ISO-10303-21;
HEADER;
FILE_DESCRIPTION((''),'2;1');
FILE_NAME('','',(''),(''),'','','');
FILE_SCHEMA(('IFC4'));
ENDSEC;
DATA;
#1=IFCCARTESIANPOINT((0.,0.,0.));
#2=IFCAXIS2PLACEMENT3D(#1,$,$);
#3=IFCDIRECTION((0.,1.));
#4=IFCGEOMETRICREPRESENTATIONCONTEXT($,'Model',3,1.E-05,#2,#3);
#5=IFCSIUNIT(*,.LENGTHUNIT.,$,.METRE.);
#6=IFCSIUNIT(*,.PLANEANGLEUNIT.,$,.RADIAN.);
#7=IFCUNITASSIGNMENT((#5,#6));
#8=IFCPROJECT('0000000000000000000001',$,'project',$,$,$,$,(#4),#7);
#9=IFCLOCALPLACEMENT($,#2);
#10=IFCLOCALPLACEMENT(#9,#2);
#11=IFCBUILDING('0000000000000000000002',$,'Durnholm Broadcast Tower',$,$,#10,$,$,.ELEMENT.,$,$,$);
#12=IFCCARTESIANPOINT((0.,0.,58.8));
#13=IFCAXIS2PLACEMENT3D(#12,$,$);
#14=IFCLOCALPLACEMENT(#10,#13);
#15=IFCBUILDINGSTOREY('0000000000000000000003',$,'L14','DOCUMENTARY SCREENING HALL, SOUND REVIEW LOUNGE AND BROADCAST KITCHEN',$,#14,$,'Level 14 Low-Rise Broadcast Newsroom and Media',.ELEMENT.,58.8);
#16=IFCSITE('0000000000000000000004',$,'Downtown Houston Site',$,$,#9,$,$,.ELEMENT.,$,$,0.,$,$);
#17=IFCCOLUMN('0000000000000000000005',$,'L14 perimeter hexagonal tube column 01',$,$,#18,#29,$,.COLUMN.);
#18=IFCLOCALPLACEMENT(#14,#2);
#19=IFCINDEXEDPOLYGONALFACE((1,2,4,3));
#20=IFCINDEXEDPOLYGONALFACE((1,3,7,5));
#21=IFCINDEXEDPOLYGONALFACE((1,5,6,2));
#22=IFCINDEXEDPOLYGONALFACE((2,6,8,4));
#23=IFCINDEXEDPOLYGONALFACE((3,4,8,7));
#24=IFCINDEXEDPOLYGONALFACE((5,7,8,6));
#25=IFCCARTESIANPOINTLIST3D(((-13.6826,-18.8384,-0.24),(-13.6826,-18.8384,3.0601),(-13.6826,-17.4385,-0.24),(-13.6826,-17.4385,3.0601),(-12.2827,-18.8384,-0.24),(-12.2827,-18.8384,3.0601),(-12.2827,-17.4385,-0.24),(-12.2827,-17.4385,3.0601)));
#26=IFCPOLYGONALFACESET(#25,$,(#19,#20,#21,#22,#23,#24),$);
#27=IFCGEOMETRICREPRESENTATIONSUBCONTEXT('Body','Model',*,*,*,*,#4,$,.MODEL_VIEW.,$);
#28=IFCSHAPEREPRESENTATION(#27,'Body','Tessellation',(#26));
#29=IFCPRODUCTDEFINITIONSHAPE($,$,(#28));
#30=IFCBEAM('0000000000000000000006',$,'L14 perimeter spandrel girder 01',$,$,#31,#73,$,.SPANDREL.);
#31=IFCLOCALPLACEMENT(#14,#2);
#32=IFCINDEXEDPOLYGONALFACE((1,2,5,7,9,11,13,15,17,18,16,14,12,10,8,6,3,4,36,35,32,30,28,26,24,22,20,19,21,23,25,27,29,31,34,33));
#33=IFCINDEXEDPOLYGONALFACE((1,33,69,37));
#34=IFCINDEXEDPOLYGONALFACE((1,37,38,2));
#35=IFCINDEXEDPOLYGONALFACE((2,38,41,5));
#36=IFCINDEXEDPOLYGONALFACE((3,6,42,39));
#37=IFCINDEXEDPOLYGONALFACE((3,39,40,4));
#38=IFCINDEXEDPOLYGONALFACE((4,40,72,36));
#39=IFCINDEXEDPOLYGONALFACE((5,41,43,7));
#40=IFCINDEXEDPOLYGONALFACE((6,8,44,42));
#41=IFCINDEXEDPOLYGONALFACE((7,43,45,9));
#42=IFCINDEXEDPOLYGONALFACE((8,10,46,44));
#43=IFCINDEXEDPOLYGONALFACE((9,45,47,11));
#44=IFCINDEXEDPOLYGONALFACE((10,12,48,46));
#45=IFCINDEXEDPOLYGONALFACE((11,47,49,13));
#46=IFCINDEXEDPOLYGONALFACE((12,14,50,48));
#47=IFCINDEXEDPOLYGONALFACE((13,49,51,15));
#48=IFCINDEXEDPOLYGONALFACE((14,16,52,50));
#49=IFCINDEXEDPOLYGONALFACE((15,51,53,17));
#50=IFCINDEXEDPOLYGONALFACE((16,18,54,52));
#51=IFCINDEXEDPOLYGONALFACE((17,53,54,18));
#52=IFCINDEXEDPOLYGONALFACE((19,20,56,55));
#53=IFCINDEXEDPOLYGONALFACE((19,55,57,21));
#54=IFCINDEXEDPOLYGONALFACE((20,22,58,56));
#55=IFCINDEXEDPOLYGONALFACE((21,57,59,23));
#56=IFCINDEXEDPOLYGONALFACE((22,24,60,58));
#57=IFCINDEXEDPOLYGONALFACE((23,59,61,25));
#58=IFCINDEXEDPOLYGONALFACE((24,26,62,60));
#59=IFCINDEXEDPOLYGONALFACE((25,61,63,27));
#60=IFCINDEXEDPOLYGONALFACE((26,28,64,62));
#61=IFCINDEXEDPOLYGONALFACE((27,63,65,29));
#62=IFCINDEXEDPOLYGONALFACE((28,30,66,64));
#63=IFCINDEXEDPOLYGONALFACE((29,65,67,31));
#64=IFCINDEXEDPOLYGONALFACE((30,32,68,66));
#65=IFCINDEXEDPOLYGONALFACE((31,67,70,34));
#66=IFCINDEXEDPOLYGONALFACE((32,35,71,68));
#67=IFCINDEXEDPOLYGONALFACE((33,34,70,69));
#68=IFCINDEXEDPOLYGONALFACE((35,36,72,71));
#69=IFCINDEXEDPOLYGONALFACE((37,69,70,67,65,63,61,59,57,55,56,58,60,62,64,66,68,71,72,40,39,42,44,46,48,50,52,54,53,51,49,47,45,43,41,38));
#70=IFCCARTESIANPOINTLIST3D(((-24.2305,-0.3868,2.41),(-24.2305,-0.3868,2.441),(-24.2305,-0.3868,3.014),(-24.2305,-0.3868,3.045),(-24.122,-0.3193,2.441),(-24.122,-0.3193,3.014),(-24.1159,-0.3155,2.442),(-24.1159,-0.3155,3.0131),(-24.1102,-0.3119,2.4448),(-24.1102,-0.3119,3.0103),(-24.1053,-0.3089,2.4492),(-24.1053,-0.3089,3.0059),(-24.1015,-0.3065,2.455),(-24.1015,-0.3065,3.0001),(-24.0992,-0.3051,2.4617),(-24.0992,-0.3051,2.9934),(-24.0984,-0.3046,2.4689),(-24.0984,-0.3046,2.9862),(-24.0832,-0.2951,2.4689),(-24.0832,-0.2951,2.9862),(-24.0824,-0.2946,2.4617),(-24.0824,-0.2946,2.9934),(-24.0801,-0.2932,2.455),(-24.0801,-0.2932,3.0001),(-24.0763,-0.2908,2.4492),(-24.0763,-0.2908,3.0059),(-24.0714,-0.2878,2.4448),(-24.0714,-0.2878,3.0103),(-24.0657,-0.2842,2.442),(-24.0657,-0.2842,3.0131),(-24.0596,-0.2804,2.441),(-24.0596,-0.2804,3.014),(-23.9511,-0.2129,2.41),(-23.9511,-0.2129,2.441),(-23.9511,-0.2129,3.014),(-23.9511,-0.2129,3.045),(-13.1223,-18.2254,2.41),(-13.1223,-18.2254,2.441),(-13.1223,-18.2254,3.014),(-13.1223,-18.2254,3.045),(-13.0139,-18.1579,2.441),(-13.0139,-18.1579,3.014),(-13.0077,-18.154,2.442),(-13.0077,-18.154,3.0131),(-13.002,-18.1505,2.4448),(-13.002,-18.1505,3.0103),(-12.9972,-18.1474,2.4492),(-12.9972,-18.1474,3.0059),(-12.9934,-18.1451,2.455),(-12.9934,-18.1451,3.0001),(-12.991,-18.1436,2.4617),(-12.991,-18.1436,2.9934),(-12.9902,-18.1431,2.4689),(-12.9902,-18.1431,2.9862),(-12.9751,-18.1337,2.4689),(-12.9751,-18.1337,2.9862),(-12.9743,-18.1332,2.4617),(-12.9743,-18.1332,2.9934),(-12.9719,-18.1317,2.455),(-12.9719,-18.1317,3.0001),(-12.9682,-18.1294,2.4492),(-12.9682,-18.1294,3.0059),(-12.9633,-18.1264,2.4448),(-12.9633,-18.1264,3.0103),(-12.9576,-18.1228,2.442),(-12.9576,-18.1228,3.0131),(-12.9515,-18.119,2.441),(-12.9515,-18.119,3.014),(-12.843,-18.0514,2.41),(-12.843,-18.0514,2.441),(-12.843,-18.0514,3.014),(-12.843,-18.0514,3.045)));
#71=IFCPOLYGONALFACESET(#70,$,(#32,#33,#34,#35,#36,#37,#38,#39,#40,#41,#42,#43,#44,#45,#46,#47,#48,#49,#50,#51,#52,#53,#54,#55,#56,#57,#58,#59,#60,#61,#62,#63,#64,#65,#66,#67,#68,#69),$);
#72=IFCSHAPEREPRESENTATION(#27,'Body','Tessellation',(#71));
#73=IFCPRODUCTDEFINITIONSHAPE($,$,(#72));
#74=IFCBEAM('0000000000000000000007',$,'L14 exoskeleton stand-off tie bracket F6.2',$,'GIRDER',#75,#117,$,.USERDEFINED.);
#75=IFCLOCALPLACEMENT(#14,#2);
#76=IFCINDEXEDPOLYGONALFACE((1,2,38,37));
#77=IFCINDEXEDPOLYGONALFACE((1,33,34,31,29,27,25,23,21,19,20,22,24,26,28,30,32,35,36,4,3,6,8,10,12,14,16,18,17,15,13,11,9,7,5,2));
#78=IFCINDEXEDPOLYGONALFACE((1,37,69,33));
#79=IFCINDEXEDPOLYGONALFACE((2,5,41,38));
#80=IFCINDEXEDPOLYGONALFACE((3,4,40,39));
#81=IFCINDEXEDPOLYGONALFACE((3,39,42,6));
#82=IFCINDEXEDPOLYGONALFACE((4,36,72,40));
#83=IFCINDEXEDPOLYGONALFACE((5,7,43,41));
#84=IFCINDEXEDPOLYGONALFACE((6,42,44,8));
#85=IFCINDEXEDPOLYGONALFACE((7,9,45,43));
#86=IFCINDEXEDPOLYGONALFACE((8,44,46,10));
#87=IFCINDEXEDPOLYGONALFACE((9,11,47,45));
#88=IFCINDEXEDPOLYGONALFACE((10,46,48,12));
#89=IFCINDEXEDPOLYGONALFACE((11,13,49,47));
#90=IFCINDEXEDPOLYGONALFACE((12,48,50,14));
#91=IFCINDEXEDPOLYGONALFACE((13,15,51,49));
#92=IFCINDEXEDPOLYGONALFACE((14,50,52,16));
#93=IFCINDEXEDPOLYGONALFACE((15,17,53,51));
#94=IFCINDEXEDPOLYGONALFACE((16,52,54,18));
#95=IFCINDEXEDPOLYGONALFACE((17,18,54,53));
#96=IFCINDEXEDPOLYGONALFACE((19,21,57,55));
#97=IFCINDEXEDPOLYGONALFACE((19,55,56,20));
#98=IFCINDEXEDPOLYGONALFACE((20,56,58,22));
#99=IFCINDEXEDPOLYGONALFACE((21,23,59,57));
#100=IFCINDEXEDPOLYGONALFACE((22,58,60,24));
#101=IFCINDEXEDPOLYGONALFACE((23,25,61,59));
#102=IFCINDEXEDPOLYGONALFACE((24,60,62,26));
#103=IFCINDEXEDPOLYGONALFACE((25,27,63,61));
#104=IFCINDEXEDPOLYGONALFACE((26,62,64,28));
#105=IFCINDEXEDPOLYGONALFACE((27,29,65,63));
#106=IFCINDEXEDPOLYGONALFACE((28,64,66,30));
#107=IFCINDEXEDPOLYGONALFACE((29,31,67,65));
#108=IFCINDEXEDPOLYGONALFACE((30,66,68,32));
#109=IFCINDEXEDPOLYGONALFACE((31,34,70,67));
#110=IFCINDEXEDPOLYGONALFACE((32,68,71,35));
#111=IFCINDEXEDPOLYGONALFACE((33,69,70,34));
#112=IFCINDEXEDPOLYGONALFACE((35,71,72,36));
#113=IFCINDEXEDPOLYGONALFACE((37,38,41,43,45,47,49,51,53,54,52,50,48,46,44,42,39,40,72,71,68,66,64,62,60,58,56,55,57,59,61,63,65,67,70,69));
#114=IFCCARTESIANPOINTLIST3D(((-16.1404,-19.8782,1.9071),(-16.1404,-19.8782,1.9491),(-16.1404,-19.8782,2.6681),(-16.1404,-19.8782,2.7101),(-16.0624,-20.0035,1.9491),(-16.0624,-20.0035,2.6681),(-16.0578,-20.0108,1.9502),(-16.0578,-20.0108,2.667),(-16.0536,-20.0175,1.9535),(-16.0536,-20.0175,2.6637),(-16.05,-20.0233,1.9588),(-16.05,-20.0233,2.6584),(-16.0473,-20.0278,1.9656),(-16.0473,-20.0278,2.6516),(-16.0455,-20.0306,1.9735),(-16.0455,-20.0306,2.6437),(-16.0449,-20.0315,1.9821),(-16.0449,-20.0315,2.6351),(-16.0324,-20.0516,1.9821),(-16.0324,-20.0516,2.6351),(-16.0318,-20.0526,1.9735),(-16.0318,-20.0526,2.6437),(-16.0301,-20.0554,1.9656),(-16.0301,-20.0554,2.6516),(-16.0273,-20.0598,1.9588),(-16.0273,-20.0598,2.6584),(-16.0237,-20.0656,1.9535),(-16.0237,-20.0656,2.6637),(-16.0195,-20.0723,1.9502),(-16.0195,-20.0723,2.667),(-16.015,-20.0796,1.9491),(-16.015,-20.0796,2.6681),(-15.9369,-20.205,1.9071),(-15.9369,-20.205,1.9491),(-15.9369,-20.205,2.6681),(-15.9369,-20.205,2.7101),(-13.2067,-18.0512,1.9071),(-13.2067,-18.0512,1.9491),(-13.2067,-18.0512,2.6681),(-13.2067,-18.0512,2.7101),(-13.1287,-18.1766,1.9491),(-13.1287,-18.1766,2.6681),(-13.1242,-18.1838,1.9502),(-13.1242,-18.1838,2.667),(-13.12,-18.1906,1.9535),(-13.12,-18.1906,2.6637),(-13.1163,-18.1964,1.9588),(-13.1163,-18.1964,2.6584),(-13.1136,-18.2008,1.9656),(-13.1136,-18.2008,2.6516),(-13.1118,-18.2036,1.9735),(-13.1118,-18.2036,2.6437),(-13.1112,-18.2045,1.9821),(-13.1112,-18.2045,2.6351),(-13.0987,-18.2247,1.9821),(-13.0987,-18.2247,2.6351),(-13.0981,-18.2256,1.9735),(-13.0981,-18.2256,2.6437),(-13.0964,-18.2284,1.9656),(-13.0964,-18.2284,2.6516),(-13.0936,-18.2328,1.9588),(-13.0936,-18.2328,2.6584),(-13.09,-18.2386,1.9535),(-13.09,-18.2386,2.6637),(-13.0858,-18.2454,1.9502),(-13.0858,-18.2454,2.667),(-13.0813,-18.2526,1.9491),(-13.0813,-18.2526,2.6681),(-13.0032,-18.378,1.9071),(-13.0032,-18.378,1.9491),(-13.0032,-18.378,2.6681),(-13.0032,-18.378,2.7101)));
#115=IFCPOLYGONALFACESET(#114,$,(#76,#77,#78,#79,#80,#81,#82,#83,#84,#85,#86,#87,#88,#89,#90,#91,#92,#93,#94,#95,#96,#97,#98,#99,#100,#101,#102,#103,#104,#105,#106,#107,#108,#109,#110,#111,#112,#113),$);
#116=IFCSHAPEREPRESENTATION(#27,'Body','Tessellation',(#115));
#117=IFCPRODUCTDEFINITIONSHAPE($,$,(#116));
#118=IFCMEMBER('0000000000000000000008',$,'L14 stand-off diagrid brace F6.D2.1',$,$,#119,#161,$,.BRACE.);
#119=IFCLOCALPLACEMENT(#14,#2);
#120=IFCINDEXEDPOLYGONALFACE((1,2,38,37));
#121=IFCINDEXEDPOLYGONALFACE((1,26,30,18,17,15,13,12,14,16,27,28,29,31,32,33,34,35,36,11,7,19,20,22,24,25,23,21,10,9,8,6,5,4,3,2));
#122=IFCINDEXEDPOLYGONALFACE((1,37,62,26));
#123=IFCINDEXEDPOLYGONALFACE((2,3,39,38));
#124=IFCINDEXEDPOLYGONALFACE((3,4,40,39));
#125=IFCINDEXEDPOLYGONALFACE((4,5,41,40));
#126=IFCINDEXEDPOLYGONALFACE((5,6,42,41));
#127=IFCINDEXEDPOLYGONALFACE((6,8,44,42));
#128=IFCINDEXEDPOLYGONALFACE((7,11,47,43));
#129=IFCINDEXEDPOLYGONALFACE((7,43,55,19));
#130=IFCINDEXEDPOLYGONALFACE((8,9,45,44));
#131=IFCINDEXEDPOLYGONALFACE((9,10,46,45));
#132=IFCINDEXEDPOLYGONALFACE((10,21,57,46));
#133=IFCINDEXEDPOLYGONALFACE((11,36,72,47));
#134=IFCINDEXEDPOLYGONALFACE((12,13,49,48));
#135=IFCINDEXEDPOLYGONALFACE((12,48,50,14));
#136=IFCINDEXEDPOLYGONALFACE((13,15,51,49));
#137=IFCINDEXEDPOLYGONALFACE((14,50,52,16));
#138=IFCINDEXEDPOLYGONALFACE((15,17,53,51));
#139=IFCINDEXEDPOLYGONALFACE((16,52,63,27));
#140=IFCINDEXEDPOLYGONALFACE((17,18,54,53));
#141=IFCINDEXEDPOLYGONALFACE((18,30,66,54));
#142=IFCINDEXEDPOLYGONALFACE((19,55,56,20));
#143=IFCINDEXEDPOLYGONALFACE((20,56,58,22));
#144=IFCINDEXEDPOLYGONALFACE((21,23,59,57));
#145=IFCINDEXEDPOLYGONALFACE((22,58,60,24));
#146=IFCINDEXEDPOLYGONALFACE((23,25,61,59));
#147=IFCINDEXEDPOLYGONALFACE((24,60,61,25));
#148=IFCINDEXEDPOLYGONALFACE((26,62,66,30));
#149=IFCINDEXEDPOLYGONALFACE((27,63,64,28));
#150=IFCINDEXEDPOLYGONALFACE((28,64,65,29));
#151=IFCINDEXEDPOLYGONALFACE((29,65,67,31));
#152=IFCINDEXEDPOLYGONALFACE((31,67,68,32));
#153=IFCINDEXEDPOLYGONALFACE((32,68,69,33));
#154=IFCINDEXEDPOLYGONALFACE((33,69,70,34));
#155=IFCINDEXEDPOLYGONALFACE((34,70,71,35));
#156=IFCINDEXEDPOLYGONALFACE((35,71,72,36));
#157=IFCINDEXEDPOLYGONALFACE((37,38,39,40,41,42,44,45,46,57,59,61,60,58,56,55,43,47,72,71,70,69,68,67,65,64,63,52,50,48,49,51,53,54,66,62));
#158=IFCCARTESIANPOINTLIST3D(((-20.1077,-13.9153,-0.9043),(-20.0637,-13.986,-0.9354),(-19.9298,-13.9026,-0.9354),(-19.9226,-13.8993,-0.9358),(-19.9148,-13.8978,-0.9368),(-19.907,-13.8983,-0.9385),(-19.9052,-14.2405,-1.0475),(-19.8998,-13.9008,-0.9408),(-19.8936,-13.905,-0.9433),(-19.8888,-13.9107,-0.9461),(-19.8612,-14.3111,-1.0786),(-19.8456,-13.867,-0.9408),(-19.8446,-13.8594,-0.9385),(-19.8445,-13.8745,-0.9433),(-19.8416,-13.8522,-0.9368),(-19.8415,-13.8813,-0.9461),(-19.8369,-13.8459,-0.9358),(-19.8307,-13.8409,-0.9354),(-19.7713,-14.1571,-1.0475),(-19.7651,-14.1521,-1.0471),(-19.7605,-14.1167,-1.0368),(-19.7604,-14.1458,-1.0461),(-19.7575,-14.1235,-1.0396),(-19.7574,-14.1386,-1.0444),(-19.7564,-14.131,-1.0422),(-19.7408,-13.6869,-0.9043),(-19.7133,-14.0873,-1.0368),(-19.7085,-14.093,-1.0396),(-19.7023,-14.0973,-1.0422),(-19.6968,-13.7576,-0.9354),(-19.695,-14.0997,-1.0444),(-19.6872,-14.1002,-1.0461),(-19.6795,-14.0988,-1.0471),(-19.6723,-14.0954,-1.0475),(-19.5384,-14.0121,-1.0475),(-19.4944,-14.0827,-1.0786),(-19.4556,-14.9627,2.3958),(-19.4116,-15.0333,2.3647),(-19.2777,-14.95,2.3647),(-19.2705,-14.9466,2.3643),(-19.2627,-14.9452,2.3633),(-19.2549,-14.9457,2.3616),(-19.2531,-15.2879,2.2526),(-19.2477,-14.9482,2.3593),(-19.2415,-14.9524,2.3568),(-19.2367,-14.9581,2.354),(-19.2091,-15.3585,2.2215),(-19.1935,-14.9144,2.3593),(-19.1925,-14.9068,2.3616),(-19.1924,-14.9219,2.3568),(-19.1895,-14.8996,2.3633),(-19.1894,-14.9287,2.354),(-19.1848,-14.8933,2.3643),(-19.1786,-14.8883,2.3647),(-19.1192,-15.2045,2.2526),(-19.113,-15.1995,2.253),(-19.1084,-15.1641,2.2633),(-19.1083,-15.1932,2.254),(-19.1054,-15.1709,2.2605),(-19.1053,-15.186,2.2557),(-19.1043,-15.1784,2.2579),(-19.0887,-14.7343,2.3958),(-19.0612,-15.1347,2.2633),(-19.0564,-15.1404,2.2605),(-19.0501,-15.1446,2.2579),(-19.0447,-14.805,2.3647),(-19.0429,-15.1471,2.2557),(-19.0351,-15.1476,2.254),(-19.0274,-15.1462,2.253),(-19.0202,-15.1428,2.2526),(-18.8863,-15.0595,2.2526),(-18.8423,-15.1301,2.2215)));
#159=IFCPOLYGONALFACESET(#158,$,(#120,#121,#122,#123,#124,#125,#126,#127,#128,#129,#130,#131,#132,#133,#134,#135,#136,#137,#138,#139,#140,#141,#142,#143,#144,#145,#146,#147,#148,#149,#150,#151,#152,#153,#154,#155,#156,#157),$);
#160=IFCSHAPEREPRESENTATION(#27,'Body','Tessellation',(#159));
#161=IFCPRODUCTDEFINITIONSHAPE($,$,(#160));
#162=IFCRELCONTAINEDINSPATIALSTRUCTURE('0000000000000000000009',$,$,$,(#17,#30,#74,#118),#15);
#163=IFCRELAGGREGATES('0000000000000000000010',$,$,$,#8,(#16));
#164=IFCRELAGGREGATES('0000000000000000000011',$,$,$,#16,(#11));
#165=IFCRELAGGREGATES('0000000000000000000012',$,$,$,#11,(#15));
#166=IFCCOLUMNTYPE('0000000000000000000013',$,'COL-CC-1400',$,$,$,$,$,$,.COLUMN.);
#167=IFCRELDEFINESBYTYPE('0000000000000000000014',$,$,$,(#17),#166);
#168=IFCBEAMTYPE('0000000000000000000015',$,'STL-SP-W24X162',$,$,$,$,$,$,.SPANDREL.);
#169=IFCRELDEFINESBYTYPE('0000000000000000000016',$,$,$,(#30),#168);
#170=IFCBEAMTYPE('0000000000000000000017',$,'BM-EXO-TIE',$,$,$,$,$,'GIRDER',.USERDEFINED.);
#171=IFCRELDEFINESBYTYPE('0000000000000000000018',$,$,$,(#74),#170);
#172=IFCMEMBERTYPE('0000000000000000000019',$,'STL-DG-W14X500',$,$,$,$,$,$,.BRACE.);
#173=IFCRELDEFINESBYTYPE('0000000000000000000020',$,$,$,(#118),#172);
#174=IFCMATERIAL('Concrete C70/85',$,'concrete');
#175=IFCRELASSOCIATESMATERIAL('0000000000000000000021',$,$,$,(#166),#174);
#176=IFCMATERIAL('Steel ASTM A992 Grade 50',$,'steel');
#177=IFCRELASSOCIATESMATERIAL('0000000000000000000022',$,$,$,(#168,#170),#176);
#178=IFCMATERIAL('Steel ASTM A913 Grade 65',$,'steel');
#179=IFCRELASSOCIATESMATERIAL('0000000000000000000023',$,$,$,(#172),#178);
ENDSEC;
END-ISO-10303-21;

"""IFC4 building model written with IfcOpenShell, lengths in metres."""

from ifc_helpers import new_model, si_unit, direction, frame, origin, origin_2d, place, context, subcontext, project, spatial, rectangle, i_section, extrude, source, transform, mapped, material, material_profile, profile_set, type_object, type_shapes, element, save


model = new_model("IFC4")

# Units and contexts
model_context = context("Model", 3, precision=1e-05, world=origin(), true_north=direction((0.0, 1.0)))
body_context = subcontext(model_context, "Body", "Model", "MODEL_VIEW")
ifc_project = project(units=[si_unit("LENGTHUNIT", "METRE"), si_unit("PLANEANGLEUNIT", "RADIAN")], contexts=[model_context])

# Site, building, storey
site_placement = place(None, origin())
site = spatial("IfcSite", under=ifc_project, at=site_placement, Name="Downtown Houston Site", CompositionType="ELEMENT", RefElevation=0.0)
building_placement = place(site_placement, origin())
building = spatial("IfcBuilding", under=site, at=building_placement, Name="Durnholm Broadcast Tower", CompositionType="ELEMENT")
storey_placement = place(building_placement, frame((0.0, 0.0, 58.8)))
storey = spatial("IfcBuildingStorey", under=building, at=storey_placement, Name="L14", Description="DOCUMENTARY SCREENING HALL, SOUND REVIEW LOUNGE AND BROADCAST KITCHEN", LongName="Level 14 Low-Rise Broadcast Newsroom and Media", CompositionType="ELEMENT", Elevation=58.8)

# Column
ifc_material_1 = material(Name="Concrete C70/85", Category="concrete")
ifc_material_profile_1 = material_profile(ifc_material_1, rectangle(XDim=1.3999, YDim=1.3999, at=origin_2d()), Name="RC1400X1400")
ifc_profile_set_1 = profile_set([ifc_material_profile_1], Name="Concrete C70/85")
column_type = type_object("IfcColumnType", Name="COL-CC-1400", PredefinedType="COLUMN", material=ifc_profile_set_1)
shared_shape_1 = source(origin(), body_context, "Body", "SweptSolid", [
    extrude(rectangle(XDim=1.3999, YDim=1.3999, at=origin_2d()), origin(), (0.0, 0.0, 1.0), 3.3),
])
type_shapes(column_type, [shared_shape_1])
column_placement = place(storey_placement, frame((-12.9827, -18.1384, -0.24), z_axis=(0.0, 0.0, 1.0), x_axis=(1.0, 0.0, 0.0)))
element("IfcColumn", 1, at=column_placement, inside=storey, type_object=column_type, Name="L14 perimeter hexagonal tube column 01", PredefinedType="COLUMN", context=body_context, shape_type="MappedRepresentation", body=[
    mapped(shared_shape_1, transform((0.0, 0.0, 0.0), x_axis=(1.0, 0.0, 0.0), y_axis=(0.0, 1.0, 0.0), z_axis=(0.0, 0.0, 1.0), scale=1.0)),
])

# Beams
ifc_material_2 = material(Name="Steel ASTM A992 Grade 50", Category="steel")
ifc_material_profile_2 = material_profile(ifc_material_2, i_section(OverallWidth=0.3291, OverallDepth=0.635, WebThickness=0.0178, FlangeThickness=0.031, FilletRadius=0.0278, at=origin_2d()), Name="W24X162")
ifc_profile_set_2 = profile_set([ifc_material_profile_2], Name="Steel ASTM A992 Grade 50")
beam_type_1 = type_object("IfcBeamType", Name="STL-SP-W24X162", PredefinedType="SPANDREL", material=ifc_profile_set_2)
shared_shape_2 = source(origin(), body_context, "Body", "SweptSolid", [
    extrude(i_section(OverallWidth=0.3291, OverallDepth=0.635, WebThickness=0.0178, FlangeThickness=0.031, FilletRadius=0.0278, at=origin_2d()), origin(), (0.0, 0.0, 1.0), 21.0144),
])
type_shapes(beam_type_1, [shared_shape_2])
beam_1_placement = place(storey_placement, frame((-12.9827, -18.1384, 2.7275), z_axis=(-0.528596, 0.848874, 0.0), x_axis=(-0.848874, -0.528596, 0.0)))
element("IfcBeam", 2, at=beam_1_placement, inside=storey, type_object=beam_type_1, Name="L14 perimeter spandrel girder 01", PredefinedType="SPANDREL", context=body_context, shape_type="MappedRepresentation", body=[
    mapped(shared_shape_2, transform((0.0, 0.0, 0.0), x_axis=(1.0, 0.0, 0.0), y_axis=(0.0, 1.0, 0.0), z_axis=(0.0, 0.0, 1.0), scale=1.0)),
])
ifc_material_profile_3 = material_profile(ifc_material_2, i_section(OverallWidth=0.385, OverallDepth=0.803, WebThickness=0.0237, FlangeThickness=0.042, FilletRadius=0.033, at=origin_2d()), Name="W30X261")
ifc_profile_set_3 = profile_set([ifc_material_profile_3], Name="Steel ASTM A992 Grade 50")
beam_type_2 = type_object("IfcBeamType", Name="BM-EXO-TIE", ElementType="GIRDER", PredefinedType="USERDEFINED", material=ifc_profile_set_3)
shared_shape_3 = source(origin(), body_context, "Body", "SweptSolid", [
    extrude(i_section(OverallWidth=0.385, OverallDepth=0.803, WebThickness=0.0237, FlangeThickness=0.042, FilletRadius=0.033, at=origin_2d()), origin(), (0.0, 0.0, 1.0), 3.4561),
])
type_shapes(beam_type_2, [shared_shape_3])
beam_2_placement = place(storey_placement, frame((-13.105, -18.2146, 2.3086), z_axis=(-0.848854, -0.528627, 0.0), x_axis=(0.528627, -0.848854, 0.0)))
element("IfcBeam", 3, at=beam_2_placement, inside=storey, type_object=beam_type_2, Name="L14 exoskeleton stand-off tie bracket F6.2", ObjectType="GIRDER", PredefinedType="USERDEFINED", context=body_context, shape_type="MappedRepresentation", body=[
    mapped(shared_shape_3, transform((0.0, 0.0, 0.0), x_axis=(1.0, 0.0, 0.0), y_axis=(0.0, 1.0, 0.0), z_axis=(0.0, 0.0, 1.0), scale=1.0)),
])

# Member
ifc_material_3 = material(Name="Steel ASTM A913 Grade 65", Category="steel")
ifc_material_profile_4 = material_profile(ifc_material_3, i_section(OverallWidth=0.4321, OverallDepth=0.4978, WebThickness=0.0557, FlangeThickness=0.0889, FilletRadius=0.0305, at=origin_2d()), Name="W14X500")
ifc_profile_set_4 = profile_set([ifc_material_profile_4], Name="Steel ASTM A913 Grade 65")
member_type_1 = type_object("IfcMemberType", Name="STL-DG-W14X500", PredefinedType="BRACE", material=ifc_profile_set_4)
shared_shape_4 = source(origin(), body_context, "Body", "SweptSolid", [
    extrude(i_section(OverallWidth=0.4321, OverallDepth=0.4978, WebThickness=0.0557, FlangeThickness=0.0889, FilletRadius=0.0305, at=origin_2d()), origin(), (0.0, 0.0, 1.0), 3.5232),
])
type_shapes(member_type_1, [shared_shape_4])
for number, where, z_axis, x_axis, name in (
    (4, (-19.801, -13.999, -0.9915), (0.18509, -0.297281, 0.936678), (0.848909, 0.52854, 0.0), "L14 stand-off diagrid brace F6.D2.1"),
):
    element("IfcMember", number, at=place(storey_placement, frame(where, z_axis=z_axis, x_axis=x_axis)), inside=storey, type_object=member_type_1, Name=name, PredefinedType="BRACE", context=body_context, shape_type="MappedRepresentation", body=[
        mapped(shared_shape_4, transform((0.0, 0.0, 0.0), x_axis=(1.0, 0.0, 0.0), y_axis=(0.0, 1.0, 0.0), z_axis=(0.0, 0.0, 1.0), scale=1.0)),
    ])

save(model, "model.ifc")
